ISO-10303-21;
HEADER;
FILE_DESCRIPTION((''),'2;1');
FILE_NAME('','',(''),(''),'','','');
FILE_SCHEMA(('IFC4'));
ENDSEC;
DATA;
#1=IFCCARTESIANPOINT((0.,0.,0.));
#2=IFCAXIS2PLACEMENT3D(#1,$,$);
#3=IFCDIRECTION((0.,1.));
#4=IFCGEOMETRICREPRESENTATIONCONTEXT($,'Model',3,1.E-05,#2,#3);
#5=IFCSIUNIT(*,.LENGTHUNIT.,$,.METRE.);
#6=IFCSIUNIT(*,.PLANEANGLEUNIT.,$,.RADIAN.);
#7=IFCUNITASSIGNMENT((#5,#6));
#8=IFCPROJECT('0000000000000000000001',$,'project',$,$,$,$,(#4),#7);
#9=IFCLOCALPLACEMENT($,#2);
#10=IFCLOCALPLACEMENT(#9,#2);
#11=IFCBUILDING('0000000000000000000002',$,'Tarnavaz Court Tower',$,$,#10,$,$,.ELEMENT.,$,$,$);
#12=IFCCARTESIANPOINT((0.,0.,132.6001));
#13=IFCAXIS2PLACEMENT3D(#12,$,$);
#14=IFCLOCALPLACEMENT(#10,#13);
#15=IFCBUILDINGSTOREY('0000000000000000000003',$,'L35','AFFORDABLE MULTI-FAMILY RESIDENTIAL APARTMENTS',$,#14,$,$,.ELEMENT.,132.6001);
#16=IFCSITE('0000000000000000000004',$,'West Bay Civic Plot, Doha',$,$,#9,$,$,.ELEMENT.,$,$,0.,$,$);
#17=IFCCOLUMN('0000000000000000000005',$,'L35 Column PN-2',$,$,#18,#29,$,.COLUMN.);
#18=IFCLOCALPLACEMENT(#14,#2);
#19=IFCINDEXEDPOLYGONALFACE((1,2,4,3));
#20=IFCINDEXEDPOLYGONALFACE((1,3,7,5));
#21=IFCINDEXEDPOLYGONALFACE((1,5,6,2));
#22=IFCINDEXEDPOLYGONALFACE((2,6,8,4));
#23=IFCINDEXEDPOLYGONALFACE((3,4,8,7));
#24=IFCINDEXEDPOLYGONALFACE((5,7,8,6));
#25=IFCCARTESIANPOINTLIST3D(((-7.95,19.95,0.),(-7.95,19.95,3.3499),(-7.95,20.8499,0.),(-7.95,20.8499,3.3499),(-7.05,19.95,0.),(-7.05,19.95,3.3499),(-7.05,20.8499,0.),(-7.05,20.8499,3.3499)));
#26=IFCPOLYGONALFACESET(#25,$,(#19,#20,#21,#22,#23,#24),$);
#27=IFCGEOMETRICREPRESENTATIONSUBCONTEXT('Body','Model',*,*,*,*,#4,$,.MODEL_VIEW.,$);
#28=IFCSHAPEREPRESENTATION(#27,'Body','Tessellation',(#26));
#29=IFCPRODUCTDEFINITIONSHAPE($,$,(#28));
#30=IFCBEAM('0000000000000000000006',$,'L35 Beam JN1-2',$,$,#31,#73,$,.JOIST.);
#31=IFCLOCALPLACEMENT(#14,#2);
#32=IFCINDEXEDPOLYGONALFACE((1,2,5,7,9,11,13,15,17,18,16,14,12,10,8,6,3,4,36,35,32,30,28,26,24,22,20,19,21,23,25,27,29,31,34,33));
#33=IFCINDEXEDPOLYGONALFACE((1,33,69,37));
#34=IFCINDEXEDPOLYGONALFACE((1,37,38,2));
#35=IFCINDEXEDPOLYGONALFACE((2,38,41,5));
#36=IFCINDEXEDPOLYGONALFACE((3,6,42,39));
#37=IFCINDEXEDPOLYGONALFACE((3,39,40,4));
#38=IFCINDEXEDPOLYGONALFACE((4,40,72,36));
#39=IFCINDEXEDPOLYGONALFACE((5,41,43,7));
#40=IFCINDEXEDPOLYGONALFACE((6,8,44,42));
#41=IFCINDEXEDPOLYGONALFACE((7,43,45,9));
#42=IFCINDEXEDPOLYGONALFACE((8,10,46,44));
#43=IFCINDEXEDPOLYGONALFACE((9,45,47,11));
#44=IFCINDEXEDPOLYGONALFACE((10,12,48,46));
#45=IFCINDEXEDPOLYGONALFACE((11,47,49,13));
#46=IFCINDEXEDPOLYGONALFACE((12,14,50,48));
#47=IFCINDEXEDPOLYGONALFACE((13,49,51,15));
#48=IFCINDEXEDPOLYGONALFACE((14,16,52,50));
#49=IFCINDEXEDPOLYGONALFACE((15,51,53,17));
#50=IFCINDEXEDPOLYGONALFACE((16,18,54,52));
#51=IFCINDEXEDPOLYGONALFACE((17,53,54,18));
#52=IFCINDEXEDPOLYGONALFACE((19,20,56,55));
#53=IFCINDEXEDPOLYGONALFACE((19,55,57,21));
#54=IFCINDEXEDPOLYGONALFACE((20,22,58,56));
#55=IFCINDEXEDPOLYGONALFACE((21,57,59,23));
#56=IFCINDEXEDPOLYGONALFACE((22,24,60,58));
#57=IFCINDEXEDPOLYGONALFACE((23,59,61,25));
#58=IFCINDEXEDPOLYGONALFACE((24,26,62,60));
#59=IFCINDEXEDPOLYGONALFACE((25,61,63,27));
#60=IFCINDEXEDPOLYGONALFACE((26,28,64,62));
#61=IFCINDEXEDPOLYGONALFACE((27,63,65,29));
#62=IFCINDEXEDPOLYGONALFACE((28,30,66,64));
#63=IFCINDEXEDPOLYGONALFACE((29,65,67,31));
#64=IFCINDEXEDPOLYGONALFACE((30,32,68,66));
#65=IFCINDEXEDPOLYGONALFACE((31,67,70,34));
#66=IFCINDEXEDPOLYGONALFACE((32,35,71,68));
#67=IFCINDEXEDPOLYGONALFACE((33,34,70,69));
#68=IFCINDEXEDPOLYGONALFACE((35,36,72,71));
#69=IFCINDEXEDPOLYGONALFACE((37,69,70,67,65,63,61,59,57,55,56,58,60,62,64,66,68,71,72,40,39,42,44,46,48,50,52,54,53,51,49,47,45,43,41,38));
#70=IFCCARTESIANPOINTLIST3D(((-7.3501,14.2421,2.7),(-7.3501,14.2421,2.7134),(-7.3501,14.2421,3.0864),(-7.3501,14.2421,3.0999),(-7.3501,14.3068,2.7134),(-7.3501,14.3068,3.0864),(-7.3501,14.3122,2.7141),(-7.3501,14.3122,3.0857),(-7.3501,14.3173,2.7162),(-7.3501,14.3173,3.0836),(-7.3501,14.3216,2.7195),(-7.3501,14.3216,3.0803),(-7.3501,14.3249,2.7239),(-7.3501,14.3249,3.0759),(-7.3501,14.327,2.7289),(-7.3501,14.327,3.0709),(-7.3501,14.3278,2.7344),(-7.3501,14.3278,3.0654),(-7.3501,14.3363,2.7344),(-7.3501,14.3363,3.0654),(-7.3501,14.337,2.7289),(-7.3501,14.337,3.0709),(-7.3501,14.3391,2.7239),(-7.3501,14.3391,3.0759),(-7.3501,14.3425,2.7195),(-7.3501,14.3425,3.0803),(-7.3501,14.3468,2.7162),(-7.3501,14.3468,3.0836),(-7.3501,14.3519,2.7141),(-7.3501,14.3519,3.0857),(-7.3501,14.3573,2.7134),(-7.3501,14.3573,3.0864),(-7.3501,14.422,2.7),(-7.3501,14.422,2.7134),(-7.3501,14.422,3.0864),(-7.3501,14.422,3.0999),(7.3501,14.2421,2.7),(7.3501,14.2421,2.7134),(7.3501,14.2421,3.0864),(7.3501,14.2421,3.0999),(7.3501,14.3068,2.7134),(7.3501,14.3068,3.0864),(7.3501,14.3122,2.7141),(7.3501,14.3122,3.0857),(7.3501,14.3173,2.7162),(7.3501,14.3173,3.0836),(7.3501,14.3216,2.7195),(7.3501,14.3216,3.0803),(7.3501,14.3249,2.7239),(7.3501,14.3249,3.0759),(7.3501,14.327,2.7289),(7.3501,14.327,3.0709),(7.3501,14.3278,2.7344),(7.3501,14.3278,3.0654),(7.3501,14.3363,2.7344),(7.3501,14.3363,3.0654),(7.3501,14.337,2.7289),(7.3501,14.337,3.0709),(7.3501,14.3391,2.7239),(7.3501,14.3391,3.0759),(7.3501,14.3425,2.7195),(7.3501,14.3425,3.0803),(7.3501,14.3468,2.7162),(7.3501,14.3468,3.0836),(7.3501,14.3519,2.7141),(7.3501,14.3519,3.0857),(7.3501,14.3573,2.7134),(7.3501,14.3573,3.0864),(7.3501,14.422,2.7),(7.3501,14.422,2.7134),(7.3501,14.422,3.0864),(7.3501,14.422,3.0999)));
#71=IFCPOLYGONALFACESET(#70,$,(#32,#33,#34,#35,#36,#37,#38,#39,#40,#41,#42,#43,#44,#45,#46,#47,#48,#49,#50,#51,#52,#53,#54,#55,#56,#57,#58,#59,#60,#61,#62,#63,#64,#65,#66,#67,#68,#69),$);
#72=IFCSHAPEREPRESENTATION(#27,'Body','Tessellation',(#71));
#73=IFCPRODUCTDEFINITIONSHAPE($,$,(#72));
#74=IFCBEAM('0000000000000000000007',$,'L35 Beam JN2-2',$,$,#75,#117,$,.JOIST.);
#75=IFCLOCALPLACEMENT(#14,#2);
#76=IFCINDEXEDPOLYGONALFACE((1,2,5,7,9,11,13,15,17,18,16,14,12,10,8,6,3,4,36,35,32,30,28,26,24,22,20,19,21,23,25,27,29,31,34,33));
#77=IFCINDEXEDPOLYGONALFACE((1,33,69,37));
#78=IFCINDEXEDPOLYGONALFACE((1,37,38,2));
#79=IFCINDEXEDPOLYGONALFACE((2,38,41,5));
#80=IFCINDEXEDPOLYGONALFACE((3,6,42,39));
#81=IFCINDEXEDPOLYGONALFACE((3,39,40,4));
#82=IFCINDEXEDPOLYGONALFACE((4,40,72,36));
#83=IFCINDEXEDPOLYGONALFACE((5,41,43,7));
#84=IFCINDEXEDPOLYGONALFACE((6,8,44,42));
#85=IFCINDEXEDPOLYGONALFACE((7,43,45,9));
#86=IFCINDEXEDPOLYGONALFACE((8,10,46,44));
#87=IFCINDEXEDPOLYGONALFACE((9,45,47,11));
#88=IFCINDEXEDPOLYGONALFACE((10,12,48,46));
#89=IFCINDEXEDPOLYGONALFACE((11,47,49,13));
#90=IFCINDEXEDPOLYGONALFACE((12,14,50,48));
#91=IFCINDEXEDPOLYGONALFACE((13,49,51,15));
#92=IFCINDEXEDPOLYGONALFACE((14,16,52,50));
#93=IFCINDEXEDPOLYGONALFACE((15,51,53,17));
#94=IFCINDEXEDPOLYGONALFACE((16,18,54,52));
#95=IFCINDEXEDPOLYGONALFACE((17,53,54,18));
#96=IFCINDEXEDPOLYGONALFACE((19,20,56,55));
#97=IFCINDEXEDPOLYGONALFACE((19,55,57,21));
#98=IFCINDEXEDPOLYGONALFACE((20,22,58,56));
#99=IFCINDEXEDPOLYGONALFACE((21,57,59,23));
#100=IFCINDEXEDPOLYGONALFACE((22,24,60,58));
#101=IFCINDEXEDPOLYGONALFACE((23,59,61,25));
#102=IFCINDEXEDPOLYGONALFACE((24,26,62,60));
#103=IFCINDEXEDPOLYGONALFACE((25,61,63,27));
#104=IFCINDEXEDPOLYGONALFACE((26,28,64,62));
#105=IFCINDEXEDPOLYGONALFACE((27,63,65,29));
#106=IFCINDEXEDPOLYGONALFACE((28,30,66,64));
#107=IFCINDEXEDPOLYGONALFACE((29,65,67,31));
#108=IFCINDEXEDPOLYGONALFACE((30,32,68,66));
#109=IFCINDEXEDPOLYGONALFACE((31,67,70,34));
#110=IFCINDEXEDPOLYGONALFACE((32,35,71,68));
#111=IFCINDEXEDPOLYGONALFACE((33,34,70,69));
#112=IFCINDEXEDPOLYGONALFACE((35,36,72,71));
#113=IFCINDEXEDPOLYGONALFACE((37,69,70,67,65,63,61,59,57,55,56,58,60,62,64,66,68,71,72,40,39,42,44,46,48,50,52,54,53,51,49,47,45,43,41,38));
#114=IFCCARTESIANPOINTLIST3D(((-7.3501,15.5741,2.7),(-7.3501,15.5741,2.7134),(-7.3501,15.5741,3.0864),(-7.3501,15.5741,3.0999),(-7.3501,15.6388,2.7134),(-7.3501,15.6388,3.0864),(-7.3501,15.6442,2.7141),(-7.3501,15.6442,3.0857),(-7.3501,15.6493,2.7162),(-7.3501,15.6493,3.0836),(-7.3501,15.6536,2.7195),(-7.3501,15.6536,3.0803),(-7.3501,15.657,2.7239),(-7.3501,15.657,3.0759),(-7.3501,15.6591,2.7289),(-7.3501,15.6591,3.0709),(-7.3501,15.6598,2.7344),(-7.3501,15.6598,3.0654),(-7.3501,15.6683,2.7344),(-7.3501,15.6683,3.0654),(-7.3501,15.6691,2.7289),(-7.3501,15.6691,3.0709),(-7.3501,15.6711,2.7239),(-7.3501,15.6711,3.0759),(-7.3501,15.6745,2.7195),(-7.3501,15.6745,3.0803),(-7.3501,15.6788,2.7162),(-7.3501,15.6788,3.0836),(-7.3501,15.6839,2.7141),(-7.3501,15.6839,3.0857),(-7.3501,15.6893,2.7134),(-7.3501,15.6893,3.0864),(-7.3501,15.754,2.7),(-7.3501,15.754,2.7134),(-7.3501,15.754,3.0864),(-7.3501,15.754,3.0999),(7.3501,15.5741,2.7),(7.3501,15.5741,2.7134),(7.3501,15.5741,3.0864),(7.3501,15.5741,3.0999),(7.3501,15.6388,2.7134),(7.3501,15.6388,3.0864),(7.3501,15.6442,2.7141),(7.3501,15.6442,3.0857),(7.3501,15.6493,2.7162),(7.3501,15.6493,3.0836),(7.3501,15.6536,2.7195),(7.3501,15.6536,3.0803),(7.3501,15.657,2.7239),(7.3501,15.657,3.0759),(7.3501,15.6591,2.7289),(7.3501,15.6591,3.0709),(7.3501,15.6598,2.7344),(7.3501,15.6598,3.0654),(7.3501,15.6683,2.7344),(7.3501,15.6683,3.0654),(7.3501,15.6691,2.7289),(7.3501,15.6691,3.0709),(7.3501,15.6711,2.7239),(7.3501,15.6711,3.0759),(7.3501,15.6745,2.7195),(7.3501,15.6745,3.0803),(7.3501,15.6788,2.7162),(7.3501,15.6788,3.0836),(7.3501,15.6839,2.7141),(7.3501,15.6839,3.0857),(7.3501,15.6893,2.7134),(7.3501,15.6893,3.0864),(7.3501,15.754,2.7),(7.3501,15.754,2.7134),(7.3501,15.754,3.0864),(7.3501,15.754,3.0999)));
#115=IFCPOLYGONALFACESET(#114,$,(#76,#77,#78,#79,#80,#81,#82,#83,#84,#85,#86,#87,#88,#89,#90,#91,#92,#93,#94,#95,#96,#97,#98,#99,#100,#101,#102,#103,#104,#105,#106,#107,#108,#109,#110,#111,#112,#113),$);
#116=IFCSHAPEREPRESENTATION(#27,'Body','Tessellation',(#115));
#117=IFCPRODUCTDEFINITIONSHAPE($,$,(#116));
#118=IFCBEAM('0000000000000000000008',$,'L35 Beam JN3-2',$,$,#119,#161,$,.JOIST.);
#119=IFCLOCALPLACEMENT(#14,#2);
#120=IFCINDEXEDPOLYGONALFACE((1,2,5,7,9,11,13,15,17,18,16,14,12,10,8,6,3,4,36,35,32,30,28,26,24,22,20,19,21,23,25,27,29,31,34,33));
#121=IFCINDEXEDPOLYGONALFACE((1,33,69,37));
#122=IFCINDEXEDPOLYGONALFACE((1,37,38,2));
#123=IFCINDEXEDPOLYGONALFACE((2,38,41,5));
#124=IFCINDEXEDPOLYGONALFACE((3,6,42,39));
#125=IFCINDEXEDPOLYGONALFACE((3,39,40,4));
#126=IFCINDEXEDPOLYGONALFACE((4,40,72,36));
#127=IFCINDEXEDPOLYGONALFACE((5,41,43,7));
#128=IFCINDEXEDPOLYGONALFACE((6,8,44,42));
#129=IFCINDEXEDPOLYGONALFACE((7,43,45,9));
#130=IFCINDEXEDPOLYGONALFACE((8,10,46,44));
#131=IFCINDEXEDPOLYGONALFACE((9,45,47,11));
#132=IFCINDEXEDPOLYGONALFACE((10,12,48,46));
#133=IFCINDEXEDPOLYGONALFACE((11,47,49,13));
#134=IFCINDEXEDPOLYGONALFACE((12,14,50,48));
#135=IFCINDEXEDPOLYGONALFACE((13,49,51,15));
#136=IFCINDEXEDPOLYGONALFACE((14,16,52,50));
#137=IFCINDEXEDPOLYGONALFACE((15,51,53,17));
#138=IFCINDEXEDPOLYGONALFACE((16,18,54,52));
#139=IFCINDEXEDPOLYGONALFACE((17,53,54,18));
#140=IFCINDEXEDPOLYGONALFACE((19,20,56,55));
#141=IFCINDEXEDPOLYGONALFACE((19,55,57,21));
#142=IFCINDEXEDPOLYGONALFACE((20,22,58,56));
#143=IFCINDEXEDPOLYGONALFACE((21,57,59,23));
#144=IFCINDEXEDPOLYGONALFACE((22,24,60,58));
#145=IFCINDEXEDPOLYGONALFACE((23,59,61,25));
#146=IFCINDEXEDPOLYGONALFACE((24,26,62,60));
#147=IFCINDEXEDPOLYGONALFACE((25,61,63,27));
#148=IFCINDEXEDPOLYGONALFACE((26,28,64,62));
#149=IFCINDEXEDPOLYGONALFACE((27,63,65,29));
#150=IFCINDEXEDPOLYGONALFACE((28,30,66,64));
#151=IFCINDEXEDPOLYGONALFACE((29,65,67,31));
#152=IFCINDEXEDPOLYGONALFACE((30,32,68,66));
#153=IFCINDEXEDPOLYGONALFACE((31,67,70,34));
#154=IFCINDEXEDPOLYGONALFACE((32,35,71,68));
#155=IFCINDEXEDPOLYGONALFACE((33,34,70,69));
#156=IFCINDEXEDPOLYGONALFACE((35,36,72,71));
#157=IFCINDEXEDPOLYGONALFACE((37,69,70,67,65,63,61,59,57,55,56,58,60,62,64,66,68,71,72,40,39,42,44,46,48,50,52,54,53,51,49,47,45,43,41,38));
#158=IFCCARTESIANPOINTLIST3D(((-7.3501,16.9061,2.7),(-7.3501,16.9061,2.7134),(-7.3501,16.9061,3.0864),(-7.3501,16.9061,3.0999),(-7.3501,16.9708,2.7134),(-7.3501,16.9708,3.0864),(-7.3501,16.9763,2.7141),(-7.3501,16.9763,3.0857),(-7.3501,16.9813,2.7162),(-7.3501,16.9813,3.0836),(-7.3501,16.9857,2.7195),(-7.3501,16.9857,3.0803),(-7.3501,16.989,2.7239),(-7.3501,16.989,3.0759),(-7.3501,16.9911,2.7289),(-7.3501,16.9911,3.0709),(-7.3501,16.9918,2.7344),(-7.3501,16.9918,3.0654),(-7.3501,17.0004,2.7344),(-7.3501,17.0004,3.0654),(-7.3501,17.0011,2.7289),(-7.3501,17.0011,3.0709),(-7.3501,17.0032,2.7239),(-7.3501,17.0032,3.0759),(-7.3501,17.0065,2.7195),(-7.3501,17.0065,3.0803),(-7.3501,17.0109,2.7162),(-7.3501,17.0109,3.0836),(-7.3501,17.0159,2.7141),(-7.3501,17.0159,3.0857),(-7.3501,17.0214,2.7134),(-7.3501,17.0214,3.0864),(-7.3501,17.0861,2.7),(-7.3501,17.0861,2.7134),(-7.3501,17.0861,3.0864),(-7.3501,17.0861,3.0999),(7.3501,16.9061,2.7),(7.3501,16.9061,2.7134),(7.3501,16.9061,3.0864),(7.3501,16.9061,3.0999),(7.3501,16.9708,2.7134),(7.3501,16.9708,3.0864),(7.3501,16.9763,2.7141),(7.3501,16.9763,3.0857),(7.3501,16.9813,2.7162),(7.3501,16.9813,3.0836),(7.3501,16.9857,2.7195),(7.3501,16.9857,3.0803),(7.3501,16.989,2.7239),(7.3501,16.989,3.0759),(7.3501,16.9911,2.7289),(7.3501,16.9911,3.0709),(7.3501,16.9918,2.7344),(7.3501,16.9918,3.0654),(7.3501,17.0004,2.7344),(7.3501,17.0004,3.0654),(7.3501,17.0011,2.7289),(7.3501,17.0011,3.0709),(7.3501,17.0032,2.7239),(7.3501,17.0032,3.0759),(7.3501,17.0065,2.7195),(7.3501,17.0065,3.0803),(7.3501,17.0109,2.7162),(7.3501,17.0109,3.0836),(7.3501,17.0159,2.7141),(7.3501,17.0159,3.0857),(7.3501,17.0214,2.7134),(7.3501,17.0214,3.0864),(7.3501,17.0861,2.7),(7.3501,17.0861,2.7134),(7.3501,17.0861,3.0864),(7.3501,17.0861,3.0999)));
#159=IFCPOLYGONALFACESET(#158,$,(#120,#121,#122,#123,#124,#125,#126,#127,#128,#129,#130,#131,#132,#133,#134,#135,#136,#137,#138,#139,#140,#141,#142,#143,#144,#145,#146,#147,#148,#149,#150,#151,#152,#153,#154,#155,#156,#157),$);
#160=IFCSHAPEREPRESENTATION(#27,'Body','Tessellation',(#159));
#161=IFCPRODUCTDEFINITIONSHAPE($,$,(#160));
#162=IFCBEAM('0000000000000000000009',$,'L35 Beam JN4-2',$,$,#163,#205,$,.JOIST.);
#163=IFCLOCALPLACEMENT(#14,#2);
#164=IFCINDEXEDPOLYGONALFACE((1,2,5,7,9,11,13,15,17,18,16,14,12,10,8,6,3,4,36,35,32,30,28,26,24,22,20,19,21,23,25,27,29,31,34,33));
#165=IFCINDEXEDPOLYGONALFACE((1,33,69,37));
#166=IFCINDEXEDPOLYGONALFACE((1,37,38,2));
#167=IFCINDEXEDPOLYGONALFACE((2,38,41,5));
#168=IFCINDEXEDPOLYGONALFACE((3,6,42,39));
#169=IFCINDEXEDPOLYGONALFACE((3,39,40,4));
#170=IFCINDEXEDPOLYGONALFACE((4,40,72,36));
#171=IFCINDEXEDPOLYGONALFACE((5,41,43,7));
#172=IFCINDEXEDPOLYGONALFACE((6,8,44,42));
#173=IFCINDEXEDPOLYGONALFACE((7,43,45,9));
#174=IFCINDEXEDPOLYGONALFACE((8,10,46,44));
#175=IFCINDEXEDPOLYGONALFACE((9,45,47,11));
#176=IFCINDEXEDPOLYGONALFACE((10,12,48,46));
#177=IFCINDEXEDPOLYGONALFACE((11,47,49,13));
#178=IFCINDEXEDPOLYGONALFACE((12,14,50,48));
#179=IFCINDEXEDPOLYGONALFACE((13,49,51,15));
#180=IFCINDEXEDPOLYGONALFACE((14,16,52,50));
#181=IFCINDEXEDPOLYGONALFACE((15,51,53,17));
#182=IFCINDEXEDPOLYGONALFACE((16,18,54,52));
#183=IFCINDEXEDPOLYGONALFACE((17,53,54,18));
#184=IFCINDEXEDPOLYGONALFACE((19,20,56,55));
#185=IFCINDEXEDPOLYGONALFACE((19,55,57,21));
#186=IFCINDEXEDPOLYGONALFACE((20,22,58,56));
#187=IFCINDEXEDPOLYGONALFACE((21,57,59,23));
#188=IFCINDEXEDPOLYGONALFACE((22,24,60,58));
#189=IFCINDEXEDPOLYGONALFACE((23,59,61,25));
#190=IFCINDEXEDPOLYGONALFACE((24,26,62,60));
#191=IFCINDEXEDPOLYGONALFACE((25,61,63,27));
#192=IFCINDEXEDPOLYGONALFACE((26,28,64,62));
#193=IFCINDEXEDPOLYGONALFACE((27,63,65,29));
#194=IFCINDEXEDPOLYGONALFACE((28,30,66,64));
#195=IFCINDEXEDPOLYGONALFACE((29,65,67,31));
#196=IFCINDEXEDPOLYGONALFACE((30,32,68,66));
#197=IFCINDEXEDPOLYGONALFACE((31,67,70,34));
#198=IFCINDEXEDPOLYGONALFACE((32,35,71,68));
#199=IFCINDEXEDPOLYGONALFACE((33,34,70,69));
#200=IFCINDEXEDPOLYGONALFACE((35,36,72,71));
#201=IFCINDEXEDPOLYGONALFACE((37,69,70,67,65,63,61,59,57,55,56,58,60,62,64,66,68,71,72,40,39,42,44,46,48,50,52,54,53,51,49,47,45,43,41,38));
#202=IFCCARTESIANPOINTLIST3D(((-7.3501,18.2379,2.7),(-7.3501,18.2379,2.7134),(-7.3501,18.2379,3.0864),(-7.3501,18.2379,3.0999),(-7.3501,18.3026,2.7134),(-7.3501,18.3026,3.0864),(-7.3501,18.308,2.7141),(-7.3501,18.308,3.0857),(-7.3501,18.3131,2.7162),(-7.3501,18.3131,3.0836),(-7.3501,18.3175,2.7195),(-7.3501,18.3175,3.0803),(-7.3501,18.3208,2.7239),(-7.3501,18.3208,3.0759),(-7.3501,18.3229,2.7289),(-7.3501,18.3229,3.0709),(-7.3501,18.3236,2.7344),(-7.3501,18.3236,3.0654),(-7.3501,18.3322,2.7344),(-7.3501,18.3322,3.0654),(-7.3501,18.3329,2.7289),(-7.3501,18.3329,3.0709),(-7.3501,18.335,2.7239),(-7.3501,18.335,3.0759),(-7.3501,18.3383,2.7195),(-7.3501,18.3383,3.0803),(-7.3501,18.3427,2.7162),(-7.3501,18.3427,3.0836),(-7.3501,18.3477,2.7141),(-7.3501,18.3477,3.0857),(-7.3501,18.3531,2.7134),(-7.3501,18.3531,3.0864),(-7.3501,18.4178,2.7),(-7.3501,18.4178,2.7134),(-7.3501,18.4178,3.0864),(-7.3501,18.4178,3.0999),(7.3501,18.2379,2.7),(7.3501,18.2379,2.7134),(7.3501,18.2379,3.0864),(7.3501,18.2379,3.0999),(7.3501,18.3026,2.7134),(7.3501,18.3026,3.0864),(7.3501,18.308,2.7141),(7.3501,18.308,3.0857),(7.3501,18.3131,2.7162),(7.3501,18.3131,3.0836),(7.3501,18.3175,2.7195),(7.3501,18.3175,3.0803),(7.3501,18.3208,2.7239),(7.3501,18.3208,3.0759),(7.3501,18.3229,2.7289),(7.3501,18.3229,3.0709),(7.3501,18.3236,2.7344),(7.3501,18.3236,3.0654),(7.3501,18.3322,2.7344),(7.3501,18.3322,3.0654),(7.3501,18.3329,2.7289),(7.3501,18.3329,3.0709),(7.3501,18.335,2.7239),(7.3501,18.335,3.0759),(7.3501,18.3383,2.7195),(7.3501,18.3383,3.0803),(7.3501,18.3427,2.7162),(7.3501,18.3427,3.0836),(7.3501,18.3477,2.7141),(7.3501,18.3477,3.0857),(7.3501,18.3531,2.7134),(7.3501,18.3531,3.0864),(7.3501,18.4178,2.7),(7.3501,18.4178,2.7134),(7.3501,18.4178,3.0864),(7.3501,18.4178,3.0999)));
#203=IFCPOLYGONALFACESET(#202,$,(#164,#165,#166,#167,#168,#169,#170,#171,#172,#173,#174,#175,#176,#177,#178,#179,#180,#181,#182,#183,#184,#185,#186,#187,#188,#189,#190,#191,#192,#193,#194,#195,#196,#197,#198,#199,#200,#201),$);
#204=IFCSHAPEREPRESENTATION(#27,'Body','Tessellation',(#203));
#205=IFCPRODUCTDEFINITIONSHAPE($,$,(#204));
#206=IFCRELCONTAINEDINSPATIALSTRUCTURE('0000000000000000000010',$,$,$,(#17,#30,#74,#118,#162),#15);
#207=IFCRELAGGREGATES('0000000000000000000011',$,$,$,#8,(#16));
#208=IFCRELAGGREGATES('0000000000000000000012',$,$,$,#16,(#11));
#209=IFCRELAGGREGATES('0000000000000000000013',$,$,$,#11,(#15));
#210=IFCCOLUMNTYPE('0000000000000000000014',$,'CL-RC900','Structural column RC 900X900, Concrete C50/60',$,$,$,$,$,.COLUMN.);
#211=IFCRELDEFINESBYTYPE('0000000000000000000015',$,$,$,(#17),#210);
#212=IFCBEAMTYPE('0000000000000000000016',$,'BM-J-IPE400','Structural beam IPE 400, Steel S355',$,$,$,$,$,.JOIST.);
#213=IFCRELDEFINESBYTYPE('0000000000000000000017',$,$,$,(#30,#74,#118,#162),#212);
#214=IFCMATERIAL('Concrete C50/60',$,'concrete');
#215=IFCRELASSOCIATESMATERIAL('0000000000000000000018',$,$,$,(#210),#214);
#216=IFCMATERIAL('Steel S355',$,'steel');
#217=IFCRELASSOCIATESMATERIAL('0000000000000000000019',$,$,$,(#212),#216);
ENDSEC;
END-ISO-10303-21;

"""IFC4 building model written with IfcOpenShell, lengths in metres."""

from ifc_helpers import new_model, si_unit, direction, frame, origin, origin_2d, place, context, subcontext, project, spatial, rectangle, i_section, extrude, material, material_profile, profile_set, type_object, element, save


model = new_model("IFC4")

# Units and contexts
model_context = context("Model", 3, precision=1e-05, world=origin(), true_north=direction((0.0, 1.0)))
body_context = subcontext(model_context, "Body", "Model", "MODEL_VIEW")
ifc_project = project(units=[si_unit("LENGTHUNIT", "METRE"), si_unit("PLANEANGLEUNIT", "RADIAN")], contexts=[model_context])

# Site, building, storey
site_placement = place(None, origin())
site = spatial("IfcSite", under=ifc_project, at=site_placement, Name="West Bay Civic Plot, Doha", CompositionType="ELEMENT", RefElevation=0.0)
building_placement = place(site_placement, origin())
building = spatial("IfcBuilding", under=site, at=building_placement, Name="Tarnavaz Court Tower", CompositionType="ELEMENT")
storey_placement = place(building_placement, frame((0.0, 0.0, 132.6001)))
storey = spatial("IfcBuildingStorey", under=building, at=storey_placement, Name="L35", Description="AFFORDABLE MULTI-FAMILY RESIDENTIAL APARTMENTS", CompositionType="ELEMENT", Elevation=132.6001)

# Column
ifc_material_1 = material(Name="Concrete C50/60", Category="concrete")
ifc_material_profile_1 = material_profile(ifc_material_1, rectangle(XDim=0.8999, YDim=0.8999, at=origin_2d()), Name="RC 900X900")
ifc_profile_set_1 = profile_set([ifc_material_profile_1], Name="Concrete C50/60")
column_type = type_object("IfcColumnType", Name="CL-RC900", Description="Structural column RC 900X900, Concrete C50/60", PredefinedType="COLUMN", material=ifc_profile_set_1)
column_placement = place(storey_placement, frame((-7.5, 20.3999, 0.0), z_axis=(0.0, 0.0, 1.0), x_axis=(1.0, 0.0, 0.0)))
element("IfcColumn", 1, at=column_placement, inside=storey, type_object=column_type, Name="L35 Column PN-2", PredefinedType="COLUMN", context=body_context, shape_type="SweptSolid", body=[
    extrude(rectangle(XDim=0.8999, YDim=0.8999, at=origin_2d()), origin(), (0.0, 0.0, 1.0), 3.3499),
])

# Beams
ifc_material_2 = material(Name="Steel S355", Category="steel")
ifc_material_profile_2 = material_profile(ifc_material_2, i_section(OverallWidth=0.1799, OverallDepth=0.3999, WebThickness=0.0085, FlangeThickness=0.0134, FilletRadius=0.021, at=origin_2d()), Name="IPE 400")
ifc_profile_set_2 = profile_set([ifc_material_profile_2], Name="Steel S355")
beam_type_1 = type_object("IfcBeamType", Name="BM-J-IPE400", Description="Structural beam IPE 400, Steel S355", PredefinedType="JOIST", material=ifc_profile_set_2)
for number, where, z_axis, x_axis, name in (
    (2, (-7.3501, 14.332, 2.8999), (1.0, 0.0, 0.0), (0.0, 1.0, 0.0), "L35 Beam JN1-2"),
    (3, (-7.3501, 15.6641, 2.8999), (1.0, 0.0, 0.0), (0.0, 1.0, 0.0), "L35 Beam JN2-2"),
    (4, (-7.3501, 16.9961, 2.8999), (1.0, 0.0, 0.0), (0.0, 1.0, 0.0), "L35 Beam JN3-2"),
    (5, (-7.3501, 18.3279, 2.8999), (1.0, 0.0, 0.0), (0.0, 1.0, 0.0), "L35 Beam JN4-2"),
):
    element("IfcBeam", number, at=place(storey_placement, frame(where, z_axis=z_axis, x_axis=x_axis)), inside=storey, type_object=beam_type_1, Name=name, PredefinedType="JOIST", context=body_context, shape_type="SweptSolid", body=[
        extrude(i_section(OverallWidth=0.1799, OverallDepth=0.3999, WebThickness=0.0085, FlangeThickness=0.0134, FilletRadius=0.021, at=origin_2d()), origin(), (0.0, 0.0, 1.0), 14.7002),
    ])

save(model, "model.ifc")
